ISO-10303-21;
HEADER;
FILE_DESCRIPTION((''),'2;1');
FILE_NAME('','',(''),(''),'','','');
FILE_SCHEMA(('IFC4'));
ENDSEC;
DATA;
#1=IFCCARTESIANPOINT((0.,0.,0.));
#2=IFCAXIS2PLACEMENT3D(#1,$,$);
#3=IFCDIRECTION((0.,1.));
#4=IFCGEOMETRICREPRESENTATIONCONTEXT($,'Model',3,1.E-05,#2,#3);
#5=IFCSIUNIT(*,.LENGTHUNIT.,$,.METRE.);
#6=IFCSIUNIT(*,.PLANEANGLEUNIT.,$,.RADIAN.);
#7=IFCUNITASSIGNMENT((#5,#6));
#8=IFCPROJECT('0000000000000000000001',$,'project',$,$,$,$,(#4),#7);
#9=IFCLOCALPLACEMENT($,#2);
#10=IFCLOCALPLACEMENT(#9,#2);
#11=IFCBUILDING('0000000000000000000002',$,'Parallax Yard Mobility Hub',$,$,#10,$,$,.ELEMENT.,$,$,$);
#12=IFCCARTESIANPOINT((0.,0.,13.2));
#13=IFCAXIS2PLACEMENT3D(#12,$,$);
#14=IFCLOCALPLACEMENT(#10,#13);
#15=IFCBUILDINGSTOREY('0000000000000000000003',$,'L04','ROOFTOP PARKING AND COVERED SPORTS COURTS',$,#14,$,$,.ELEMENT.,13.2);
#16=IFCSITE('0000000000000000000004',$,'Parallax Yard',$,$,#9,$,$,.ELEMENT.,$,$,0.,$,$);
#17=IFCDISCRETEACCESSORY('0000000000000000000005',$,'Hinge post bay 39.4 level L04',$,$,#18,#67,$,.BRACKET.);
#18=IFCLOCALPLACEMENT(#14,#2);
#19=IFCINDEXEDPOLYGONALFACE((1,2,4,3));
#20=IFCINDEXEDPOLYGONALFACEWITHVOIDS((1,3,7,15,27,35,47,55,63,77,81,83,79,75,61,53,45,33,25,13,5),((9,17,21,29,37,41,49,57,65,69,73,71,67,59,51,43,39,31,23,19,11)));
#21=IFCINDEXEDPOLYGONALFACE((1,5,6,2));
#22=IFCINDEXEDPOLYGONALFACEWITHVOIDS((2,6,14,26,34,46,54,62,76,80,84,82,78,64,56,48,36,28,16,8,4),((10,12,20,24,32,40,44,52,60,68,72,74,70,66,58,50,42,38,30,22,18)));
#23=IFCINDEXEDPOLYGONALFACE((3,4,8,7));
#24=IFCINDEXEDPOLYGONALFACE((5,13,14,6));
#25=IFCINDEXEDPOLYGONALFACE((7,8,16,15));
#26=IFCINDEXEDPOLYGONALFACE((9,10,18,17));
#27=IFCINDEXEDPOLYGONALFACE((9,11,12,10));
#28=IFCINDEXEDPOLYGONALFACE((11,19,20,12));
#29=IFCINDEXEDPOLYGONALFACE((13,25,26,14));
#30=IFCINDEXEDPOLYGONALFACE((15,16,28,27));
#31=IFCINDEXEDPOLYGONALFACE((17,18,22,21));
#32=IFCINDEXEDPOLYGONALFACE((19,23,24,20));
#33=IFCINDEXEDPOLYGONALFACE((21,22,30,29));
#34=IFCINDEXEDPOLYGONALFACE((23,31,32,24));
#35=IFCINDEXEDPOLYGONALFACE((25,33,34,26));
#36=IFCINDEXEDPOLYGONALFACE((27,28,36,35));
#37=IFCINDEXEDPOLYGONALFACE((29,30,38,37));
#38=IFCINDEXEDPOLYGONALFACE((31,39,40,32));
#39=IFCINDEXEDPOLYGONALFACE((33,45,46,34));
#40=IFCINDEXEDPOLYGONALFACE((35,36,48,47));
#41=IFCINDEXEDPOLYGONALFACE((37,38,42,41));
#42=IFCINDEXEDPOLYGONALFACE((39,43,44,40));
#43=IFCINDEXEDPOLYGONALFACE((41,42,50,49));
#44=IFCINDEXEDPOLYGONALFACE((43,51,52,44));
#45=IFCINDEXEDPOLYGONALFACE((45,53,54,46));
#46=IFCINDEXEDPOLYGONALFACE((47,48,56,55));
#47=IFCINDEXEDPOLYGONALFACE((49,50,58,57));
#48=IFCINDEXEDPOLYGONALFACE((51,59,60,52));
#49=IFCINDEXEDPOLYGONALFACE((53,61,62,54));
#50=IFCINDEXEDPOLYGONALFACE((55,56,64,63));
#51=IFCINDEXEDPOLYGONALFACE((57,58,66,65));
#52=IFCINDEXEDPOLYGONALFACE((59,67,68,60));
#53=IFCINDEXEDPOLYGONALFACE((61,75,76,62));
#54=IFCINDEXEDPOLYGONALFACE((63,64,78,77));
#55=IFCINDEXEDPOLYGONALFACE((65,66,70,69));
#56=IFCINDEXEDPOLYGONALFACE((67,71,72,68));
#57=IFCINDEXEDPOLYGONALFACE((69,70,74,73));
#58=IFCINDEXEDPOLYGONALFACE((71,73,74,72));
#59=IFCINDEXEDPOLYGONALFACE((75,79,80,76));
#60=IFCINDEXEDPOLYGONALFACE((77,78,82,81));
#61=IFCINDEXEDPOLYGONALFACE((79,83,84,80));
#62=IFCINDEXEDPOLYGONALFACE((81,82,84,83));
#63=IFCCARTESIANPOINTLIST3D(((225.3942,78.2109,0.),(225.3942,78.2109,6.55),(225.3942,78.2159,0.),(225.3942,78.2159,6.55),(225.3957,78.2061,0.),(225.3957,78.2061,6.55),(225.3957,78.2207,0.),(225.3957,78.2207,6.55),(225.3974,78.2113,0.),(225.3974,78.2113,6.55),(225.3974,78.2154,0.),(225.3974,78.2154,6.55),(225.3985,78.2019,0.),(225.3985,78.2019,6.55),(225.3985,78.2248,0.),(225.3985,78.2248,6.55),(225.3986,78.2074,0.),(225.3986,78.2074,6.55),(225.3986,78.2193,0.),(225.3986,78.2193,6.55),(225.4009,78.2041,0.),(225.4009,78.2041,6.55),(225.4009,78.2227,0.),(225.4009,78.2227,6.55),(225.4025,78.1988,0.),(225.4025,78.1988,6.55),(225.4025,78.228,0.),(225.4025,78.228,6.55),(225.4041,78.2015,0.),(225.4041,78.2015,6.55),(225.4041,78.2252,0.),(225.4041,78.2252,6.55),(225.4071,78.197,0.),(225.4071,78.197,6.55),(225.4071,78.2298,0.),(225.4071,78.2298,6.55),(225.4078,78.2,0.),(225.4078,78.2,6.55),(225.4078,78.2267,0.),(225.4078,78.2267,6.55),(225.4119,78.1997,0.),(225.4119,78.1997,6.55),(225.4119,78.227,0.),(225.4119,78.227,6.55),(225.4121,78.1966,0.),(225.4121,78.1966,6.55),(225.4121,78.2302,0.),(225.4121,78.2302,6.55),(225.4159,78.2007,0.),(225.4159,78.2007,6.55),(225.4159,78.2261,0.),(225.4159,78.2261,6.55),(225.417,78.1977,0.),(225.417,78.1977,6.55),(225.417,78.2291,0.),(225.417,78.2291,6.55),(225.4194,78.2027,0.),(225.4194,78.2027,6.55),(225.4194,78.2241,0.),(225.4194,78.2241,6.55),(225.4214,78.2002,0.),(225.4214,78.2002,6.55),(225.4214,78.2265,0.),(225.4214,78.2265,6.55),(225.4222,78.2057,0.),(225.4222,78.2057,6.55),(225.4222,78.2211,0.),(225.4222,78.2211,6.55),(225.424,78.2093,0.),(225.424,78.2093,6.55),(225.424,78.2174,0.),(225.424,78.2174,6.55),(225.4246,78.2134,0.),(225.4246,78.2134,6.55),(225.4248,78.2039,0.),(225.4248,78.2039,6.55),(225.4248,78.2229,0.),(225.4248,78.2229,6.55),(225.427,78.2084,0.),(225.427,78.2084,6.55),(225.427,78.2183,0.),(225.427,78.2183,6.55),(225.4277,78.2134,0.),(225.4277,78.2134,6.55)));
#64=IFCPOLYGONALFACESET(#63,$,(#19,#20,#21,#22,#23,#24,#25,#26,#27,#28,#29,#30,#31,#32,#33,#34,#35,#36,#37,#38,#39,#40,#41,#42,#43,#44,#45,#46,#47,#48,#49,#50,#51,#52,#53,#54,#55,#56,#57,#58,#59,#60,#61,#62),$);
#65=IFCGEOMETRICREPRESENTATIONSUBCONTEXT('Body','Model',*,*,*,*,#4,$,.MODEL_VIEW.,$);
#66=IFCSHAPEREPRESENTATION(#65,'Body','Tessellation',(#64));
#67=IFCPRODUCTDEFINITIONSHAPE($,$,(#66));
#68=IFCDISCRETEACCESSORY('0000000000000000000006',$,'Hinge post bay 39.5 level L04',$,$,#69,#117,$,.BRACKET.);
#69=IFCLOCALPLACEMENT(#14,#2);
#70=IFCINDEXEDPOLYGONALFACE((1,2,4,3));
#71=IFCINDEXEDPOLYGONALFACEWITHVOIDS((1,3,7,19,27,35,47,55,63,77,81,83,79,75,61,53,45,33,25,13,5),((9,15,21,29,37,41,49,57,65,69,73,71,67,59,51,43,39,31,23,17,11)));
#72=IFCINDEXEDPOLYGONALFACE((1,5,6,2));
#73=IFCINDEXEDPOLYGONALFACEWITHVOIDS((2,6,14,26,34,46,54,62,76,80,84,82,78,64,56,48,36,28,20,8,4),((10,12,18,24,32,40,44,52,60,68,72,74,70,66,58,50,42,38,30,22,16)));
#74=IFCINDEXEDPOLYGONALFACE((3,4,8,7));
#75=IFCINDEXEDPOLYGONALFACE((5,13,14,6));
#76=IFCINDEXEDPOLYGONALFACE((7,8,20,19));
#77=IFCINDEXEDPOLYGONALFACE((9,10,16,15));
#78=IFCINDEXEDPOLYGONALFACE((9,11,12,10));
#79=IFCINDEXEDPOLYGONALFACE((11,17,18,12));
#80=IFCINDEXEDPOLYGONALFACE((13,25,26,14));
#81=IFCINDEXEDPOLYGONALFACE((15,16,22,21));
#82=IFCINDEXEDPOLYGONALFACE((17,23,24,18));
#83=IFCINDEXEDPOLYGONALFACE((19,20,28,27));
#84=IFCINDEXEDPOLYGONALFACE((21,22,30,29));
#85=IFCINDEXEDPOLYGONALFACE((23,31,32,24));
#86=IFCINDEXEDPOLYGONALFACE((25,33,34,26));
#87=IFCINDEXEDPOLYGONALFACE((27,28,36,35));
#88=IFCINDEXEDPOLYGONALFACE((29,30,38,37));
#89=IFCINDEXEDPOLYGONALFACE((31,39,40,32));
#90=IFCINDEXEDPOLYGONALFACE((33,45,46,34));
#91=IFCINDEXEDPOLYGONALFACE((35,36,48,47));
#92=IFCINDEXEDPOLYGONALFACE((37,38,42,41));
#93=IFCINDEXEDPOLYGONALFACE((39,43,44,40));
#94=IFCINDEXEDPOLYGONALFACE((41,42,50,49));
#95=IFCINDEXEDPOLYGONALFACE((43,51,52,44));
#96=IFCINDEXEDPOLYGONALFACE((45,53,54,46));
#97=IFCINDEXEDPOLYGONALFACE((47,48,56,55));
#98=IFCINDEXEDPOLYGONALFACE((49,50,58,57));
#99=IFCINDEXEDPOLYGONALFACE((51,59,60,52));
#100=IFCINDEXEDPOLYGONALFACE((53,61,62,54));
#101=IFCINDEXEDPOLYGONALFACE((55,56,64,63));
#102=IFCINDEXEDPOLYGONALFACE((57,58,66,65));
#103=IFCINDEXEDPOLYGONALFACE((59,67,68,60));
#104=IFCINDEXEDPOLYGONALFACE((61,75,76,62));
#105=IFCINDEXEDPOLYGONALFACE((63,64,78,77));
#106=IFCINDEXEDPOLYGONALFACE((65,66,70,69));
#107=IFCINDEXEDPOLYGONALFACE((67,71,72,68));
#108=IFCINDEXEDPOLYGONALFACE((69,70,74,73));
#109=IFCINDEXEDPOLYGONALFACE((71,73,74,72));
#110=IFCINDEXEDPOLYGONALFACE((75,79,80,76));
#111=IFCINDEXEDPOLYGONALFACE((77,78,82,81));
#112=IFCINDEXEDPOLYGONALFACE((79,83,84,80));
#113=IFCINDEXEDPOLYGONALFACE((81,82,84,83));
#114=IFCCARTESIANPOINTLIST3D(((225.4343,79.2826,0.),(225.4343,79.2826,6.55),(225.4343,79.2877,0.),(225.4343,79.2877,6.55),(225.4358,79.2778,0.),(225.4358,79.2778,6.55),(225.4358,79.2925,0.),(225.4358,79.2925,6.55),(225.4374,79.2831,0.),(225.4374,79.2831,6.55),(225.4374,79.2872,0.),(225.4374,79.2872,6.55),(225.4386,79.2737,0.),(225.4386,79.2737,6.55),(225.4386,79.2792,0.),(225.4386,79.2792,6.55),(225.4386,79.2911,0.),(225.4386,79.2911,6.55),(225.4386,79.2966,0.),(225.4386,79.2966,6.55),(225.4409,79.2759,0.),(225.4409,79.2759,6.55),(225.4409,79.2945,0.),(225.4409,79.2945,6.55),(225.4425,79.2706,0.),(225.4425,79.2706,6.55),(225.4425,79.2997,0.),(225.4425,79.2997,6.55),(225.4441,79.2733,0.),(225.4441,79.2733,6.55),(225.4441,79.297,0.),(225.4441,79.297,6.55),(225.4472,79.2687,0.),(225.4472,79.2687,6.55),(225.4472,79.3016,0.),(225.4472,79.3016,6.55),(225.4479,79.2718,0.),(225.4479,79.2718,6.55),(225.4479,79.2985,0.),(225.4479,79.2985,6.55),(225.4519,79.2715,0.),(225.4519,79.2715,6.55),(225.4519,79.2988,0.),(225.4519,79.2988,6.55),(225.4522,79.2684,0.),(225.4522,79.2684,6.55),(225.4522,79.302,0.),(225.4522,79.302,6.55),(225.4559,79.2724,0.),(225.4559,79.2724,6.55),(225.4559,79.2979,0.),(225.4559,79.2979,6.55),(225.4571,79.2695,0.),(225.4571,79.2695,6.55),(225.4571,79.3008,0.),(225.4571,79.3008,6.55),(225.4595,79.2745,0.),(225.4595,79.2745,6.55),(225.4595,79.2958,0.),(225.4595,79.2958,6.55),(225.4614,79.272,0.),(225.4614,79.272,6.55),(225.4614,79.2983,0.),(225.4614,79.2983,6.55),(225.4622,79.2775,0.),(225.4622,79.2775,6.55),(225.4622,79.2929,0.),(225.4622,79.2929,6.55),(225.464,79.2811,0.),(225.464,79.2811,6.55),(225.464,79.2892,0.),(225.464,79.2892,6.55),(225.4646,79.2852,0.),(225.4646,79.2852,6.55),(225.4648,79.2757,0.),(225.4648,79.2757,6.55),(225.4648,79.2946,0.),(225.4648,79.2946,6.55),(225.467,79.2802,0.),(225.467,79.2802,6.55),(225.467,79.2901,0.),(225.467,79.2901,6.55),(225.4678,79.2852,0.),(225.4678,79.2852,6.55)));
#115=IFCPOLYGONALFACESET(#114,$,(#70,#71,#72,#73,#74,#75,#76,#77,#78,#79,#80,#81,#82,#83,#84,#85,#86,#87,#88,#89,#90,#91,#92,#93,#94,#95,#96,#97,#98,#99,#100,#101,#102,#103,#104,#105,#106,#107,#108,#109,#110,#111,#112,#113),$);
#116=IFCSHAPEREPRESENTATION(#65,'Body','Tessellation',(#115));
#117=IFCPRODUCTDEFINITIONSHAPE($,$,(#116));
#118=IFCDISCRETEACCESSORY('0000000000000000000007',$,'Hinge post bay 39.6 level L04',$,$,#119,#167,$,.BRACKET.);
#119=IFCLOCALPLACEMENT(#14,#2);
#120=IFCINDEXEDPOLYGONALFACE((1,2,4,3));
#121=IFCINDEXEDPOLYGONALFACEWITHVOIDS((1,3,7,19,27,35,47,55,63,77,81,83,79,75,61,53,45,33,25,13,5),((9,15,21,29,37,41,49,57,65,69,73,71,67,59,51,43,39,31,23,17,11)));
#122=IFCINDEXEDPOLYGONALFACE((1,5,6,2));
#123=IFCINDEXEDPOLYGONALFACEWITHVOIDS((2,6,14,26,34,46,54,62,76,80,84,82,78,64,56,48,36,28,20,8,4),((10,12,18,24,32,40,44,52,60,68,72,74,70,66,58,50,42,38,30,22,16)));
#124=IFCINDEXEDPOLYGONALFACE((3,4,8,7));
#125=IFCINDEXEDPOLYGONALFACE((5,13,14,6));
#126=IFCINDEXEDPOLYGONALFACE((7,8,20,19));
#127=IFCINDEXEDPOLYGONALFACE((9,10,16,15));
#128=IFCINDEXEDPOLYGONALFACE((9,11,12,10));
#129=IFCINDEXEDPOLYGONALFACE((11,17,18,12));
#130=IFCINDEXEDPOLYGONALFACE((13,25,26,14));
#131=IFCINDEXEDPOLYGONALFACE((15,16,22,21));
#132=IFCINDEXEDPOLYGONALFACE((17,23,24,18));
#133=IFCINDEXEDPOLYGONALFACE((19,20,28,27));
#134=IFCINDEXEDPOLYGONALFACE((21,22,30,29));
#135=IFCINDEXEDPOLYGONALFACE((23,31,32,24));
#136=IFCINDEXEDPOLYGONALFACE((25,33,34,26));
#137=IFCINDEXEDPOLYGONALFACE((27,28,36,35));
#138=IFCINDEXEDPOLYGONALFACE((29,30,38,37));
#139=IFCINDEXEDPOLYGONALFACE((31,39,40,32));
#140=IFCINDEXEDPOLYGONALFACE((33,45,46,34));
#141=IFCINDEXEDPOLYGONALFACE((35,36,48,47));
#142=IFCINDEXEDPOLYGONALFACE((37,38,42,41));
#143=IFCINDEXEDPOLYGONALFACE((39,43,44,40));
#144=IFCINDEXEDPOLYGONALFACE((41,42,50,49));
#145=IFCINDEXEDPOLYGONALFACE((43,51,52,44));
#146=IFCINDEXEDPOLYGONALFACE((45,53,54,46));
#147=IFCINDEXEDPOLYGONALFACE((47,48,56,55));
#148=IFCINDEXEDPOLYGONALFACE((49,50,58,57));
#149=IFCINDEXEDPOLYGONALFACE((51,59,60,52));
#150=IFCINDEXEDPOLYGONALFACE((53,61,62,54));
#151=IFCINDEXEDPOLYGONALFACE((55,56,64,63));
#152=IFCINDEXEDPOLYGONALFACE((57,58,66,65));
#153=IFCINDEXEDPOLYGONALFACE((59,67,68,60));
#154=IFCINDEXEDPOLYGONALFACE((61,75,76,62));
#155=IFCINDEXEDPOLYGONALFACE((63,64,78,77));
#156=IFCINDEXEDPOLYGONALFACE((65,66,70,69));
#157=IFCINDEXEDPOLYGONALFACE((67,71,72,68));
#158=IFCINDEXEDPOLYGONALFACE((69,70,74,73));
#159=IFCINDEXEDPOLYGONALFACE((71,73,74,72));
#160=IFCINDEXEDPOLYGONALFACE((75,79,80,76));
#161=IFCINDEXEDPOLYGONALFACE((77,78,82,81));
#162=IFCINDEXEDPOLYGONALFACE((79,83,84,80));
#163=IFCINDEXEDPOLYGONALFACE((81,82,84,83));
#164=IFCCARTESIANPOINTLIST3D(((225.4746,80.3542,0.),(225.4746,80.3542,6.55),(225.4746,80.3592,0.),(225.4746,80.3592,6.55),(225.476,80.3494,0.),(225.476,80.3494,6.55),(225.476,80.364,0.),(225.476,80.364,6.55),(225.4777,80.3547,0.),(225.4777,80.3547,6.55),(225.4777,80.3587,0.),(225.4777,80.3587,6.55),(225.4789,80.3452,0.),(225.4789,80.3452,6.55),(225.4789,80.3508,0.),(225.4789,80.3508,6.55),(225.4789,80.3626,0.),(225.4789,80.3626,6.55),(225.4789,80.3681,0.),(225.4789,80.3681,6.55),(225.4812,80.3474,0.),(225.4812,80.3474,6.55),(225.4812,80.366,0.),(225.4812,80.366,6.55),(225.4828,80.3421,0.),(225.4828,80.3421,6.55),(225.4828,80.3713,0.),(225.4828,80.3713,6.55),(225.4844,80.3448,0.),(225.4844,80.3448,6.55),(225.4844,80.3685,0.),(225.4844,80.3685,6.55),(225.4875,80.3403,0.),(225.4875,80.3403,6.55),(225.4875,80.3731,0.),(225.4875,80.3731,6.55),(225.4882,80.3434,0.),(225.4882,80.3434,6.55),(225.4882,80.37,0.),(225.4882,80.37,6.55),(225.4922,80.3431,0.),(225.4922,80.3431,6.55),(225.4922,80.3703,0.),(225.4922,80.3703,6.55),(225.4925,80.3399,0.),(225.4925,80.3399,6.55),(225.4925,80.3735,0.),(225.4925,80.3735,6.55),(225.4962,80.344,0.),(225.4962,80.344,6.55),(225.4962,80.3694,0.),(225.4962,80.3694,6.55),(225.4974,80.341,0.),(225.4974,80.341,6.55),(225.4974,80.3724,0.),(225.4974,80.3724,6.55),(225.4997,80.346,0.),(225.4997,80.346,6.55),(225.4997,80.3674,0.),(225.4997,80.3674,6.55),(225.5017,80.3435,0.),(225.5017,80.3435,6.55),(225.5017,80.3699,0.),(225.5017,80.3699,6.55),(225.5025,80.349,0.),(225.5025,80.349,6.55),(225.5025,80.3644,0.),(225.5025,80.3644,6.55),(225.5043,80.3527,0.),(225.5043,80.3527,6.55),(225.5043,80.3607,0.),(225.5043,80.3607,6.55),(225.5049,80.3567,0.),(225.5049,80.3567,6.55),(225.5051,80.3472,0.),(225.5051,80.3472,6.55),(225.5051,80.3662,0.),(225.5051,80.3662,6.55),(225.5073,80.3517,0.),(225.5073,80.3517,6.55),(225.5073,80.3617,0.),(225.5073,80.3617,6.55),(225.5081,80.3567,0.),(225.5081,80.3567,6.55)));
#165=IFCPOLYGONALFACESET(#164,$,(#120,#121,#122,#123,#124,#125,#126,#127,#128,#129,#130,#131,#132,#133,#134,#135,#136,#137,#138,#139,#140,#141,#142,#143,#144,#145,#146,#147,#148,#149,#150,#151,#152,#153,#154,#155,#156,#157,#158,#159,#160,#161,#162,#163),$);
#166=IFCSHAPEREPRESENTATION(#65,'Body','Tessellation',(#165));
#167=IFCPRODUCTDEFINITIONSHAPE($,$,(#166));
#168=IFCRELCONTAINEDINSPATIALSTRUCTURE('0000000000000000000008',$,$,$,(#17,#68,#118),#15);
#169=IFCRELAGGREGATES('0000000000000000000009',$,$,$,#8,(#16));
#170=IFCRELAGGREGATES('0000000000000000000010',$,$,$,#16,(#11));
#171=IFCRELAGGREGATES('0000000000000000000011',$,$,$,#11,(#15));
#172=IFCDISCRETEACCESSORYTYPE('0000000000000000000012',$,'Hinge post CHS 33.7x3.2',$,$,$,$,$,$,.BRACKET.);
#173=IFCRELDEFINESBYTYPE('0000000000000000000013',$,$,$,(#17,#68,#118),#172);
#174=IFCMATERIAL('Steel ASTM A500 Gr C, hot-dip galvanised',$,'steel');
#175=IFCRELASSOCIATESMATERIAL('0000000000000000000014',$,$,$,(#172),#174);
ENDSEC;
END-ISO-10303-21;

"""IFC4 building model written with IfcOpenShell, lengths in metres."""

from ifc_helpers import new_model, si_unit, direction, frame, origin, origin_2d, place, context, subcontext, project, spatial, hollow_circle, extrude, material, material_profile, profile_set, type_object, element, save


model = new_model("IFC4")

# Units and contexts
model_context = context("Model", 3, precision=1e-05, world=origin(), true_north=direction((0.0, 1.0)))
body_context = subcontext(model_context, "Body", "Model", "MODEL_VIEW")
ifc_project = project(units=[si_unit("LENGTHUNIT", "METRE"), si_unit("PLANEANGLEUNIT", "RADIAN")], contexts=[model_context])

# Site, building, storey
site_placement = place(None, origin())
site = spatial("IfcSite", under=ifc_project, at=site_placement, Name="Parallax Yard", CompositionType="ELEMENT", RefElevation=0.0)
building_placement = place(site_placement, origin())
building = spatial("IfcBuilding", under=site, at=building_placement, Name="Parallax Yard Mobility Hub", CompositionType="ELEMENT")
storey_placement = place(building_placement, frame((0.0, 0.0, 13.2)))
storey = spatial("IfcBuildingStorey", under=building, at=storey_placement, Name="L04", Description="ROOFTOP PARKING AND COVERED SPORTS COURTS", CompositionType="ELEMENT", Elevation=13.2)

# Discrete accessories
ifc_material_1 = material(Name="Steel ASTM A500 Gr C, hot-dip galvanised", Category="steel")
ifc_material_profile = material_profile(ifc_material_1, hollow_circle(Radius=0.0168, WallThickness=0.0032, at=origin_2d()), Name="CHS 33.7x3.2")
ifc_profile_set = profile_set([ifc_material_profile], Name="Steel ASTM A500 Gr C, hot-dip galvanised")
discrete_accessory_type_1 = type_object("IfcDiscreteAccessoryType", Name="Hinge post CHS 33.7x3.2", PredefinedType="BRACKET", material=ifc_profile_set)
for number, where, z_axis, x_axis, name in (
    (1, (225.4109, 78.2134, 0.0), (0.0, 0.0, 1.0), (1.0, 0.0, 0.0), "Hinge post bay 39.4 level L04"),
    (2, (225.4509, 79.2852, 0.0), (0.0, 0.0, 1.0), (1.0, 0.0, 0.0), "Hinge post bay 39.5 level L04"),
    (3, (225.4912, 80.3567, 0.0), (0.0, 0.0, 1.0), (1.0, 0.0, 0.0), "Hinge post bay 39.6 level L04"),
):
    element("IfcDiscreteAccessory", number, at=place(storey_placement, frame(where, z_axis=z_axis, x_axis=x_axis)), inside=storey, type_object=discrete_accessory_type_1, Name=name, PredefinedType="BRACKET", context=body_context, shape_type="SweptSolid", body=[
        extrude(hollow_circle(Radius=0.0168, WallThickness=0.0032, at=origin_2d()), origin(), (0.0, 0.0, 1.0), 6.55),
    ])

save(model, "model.ifc")
